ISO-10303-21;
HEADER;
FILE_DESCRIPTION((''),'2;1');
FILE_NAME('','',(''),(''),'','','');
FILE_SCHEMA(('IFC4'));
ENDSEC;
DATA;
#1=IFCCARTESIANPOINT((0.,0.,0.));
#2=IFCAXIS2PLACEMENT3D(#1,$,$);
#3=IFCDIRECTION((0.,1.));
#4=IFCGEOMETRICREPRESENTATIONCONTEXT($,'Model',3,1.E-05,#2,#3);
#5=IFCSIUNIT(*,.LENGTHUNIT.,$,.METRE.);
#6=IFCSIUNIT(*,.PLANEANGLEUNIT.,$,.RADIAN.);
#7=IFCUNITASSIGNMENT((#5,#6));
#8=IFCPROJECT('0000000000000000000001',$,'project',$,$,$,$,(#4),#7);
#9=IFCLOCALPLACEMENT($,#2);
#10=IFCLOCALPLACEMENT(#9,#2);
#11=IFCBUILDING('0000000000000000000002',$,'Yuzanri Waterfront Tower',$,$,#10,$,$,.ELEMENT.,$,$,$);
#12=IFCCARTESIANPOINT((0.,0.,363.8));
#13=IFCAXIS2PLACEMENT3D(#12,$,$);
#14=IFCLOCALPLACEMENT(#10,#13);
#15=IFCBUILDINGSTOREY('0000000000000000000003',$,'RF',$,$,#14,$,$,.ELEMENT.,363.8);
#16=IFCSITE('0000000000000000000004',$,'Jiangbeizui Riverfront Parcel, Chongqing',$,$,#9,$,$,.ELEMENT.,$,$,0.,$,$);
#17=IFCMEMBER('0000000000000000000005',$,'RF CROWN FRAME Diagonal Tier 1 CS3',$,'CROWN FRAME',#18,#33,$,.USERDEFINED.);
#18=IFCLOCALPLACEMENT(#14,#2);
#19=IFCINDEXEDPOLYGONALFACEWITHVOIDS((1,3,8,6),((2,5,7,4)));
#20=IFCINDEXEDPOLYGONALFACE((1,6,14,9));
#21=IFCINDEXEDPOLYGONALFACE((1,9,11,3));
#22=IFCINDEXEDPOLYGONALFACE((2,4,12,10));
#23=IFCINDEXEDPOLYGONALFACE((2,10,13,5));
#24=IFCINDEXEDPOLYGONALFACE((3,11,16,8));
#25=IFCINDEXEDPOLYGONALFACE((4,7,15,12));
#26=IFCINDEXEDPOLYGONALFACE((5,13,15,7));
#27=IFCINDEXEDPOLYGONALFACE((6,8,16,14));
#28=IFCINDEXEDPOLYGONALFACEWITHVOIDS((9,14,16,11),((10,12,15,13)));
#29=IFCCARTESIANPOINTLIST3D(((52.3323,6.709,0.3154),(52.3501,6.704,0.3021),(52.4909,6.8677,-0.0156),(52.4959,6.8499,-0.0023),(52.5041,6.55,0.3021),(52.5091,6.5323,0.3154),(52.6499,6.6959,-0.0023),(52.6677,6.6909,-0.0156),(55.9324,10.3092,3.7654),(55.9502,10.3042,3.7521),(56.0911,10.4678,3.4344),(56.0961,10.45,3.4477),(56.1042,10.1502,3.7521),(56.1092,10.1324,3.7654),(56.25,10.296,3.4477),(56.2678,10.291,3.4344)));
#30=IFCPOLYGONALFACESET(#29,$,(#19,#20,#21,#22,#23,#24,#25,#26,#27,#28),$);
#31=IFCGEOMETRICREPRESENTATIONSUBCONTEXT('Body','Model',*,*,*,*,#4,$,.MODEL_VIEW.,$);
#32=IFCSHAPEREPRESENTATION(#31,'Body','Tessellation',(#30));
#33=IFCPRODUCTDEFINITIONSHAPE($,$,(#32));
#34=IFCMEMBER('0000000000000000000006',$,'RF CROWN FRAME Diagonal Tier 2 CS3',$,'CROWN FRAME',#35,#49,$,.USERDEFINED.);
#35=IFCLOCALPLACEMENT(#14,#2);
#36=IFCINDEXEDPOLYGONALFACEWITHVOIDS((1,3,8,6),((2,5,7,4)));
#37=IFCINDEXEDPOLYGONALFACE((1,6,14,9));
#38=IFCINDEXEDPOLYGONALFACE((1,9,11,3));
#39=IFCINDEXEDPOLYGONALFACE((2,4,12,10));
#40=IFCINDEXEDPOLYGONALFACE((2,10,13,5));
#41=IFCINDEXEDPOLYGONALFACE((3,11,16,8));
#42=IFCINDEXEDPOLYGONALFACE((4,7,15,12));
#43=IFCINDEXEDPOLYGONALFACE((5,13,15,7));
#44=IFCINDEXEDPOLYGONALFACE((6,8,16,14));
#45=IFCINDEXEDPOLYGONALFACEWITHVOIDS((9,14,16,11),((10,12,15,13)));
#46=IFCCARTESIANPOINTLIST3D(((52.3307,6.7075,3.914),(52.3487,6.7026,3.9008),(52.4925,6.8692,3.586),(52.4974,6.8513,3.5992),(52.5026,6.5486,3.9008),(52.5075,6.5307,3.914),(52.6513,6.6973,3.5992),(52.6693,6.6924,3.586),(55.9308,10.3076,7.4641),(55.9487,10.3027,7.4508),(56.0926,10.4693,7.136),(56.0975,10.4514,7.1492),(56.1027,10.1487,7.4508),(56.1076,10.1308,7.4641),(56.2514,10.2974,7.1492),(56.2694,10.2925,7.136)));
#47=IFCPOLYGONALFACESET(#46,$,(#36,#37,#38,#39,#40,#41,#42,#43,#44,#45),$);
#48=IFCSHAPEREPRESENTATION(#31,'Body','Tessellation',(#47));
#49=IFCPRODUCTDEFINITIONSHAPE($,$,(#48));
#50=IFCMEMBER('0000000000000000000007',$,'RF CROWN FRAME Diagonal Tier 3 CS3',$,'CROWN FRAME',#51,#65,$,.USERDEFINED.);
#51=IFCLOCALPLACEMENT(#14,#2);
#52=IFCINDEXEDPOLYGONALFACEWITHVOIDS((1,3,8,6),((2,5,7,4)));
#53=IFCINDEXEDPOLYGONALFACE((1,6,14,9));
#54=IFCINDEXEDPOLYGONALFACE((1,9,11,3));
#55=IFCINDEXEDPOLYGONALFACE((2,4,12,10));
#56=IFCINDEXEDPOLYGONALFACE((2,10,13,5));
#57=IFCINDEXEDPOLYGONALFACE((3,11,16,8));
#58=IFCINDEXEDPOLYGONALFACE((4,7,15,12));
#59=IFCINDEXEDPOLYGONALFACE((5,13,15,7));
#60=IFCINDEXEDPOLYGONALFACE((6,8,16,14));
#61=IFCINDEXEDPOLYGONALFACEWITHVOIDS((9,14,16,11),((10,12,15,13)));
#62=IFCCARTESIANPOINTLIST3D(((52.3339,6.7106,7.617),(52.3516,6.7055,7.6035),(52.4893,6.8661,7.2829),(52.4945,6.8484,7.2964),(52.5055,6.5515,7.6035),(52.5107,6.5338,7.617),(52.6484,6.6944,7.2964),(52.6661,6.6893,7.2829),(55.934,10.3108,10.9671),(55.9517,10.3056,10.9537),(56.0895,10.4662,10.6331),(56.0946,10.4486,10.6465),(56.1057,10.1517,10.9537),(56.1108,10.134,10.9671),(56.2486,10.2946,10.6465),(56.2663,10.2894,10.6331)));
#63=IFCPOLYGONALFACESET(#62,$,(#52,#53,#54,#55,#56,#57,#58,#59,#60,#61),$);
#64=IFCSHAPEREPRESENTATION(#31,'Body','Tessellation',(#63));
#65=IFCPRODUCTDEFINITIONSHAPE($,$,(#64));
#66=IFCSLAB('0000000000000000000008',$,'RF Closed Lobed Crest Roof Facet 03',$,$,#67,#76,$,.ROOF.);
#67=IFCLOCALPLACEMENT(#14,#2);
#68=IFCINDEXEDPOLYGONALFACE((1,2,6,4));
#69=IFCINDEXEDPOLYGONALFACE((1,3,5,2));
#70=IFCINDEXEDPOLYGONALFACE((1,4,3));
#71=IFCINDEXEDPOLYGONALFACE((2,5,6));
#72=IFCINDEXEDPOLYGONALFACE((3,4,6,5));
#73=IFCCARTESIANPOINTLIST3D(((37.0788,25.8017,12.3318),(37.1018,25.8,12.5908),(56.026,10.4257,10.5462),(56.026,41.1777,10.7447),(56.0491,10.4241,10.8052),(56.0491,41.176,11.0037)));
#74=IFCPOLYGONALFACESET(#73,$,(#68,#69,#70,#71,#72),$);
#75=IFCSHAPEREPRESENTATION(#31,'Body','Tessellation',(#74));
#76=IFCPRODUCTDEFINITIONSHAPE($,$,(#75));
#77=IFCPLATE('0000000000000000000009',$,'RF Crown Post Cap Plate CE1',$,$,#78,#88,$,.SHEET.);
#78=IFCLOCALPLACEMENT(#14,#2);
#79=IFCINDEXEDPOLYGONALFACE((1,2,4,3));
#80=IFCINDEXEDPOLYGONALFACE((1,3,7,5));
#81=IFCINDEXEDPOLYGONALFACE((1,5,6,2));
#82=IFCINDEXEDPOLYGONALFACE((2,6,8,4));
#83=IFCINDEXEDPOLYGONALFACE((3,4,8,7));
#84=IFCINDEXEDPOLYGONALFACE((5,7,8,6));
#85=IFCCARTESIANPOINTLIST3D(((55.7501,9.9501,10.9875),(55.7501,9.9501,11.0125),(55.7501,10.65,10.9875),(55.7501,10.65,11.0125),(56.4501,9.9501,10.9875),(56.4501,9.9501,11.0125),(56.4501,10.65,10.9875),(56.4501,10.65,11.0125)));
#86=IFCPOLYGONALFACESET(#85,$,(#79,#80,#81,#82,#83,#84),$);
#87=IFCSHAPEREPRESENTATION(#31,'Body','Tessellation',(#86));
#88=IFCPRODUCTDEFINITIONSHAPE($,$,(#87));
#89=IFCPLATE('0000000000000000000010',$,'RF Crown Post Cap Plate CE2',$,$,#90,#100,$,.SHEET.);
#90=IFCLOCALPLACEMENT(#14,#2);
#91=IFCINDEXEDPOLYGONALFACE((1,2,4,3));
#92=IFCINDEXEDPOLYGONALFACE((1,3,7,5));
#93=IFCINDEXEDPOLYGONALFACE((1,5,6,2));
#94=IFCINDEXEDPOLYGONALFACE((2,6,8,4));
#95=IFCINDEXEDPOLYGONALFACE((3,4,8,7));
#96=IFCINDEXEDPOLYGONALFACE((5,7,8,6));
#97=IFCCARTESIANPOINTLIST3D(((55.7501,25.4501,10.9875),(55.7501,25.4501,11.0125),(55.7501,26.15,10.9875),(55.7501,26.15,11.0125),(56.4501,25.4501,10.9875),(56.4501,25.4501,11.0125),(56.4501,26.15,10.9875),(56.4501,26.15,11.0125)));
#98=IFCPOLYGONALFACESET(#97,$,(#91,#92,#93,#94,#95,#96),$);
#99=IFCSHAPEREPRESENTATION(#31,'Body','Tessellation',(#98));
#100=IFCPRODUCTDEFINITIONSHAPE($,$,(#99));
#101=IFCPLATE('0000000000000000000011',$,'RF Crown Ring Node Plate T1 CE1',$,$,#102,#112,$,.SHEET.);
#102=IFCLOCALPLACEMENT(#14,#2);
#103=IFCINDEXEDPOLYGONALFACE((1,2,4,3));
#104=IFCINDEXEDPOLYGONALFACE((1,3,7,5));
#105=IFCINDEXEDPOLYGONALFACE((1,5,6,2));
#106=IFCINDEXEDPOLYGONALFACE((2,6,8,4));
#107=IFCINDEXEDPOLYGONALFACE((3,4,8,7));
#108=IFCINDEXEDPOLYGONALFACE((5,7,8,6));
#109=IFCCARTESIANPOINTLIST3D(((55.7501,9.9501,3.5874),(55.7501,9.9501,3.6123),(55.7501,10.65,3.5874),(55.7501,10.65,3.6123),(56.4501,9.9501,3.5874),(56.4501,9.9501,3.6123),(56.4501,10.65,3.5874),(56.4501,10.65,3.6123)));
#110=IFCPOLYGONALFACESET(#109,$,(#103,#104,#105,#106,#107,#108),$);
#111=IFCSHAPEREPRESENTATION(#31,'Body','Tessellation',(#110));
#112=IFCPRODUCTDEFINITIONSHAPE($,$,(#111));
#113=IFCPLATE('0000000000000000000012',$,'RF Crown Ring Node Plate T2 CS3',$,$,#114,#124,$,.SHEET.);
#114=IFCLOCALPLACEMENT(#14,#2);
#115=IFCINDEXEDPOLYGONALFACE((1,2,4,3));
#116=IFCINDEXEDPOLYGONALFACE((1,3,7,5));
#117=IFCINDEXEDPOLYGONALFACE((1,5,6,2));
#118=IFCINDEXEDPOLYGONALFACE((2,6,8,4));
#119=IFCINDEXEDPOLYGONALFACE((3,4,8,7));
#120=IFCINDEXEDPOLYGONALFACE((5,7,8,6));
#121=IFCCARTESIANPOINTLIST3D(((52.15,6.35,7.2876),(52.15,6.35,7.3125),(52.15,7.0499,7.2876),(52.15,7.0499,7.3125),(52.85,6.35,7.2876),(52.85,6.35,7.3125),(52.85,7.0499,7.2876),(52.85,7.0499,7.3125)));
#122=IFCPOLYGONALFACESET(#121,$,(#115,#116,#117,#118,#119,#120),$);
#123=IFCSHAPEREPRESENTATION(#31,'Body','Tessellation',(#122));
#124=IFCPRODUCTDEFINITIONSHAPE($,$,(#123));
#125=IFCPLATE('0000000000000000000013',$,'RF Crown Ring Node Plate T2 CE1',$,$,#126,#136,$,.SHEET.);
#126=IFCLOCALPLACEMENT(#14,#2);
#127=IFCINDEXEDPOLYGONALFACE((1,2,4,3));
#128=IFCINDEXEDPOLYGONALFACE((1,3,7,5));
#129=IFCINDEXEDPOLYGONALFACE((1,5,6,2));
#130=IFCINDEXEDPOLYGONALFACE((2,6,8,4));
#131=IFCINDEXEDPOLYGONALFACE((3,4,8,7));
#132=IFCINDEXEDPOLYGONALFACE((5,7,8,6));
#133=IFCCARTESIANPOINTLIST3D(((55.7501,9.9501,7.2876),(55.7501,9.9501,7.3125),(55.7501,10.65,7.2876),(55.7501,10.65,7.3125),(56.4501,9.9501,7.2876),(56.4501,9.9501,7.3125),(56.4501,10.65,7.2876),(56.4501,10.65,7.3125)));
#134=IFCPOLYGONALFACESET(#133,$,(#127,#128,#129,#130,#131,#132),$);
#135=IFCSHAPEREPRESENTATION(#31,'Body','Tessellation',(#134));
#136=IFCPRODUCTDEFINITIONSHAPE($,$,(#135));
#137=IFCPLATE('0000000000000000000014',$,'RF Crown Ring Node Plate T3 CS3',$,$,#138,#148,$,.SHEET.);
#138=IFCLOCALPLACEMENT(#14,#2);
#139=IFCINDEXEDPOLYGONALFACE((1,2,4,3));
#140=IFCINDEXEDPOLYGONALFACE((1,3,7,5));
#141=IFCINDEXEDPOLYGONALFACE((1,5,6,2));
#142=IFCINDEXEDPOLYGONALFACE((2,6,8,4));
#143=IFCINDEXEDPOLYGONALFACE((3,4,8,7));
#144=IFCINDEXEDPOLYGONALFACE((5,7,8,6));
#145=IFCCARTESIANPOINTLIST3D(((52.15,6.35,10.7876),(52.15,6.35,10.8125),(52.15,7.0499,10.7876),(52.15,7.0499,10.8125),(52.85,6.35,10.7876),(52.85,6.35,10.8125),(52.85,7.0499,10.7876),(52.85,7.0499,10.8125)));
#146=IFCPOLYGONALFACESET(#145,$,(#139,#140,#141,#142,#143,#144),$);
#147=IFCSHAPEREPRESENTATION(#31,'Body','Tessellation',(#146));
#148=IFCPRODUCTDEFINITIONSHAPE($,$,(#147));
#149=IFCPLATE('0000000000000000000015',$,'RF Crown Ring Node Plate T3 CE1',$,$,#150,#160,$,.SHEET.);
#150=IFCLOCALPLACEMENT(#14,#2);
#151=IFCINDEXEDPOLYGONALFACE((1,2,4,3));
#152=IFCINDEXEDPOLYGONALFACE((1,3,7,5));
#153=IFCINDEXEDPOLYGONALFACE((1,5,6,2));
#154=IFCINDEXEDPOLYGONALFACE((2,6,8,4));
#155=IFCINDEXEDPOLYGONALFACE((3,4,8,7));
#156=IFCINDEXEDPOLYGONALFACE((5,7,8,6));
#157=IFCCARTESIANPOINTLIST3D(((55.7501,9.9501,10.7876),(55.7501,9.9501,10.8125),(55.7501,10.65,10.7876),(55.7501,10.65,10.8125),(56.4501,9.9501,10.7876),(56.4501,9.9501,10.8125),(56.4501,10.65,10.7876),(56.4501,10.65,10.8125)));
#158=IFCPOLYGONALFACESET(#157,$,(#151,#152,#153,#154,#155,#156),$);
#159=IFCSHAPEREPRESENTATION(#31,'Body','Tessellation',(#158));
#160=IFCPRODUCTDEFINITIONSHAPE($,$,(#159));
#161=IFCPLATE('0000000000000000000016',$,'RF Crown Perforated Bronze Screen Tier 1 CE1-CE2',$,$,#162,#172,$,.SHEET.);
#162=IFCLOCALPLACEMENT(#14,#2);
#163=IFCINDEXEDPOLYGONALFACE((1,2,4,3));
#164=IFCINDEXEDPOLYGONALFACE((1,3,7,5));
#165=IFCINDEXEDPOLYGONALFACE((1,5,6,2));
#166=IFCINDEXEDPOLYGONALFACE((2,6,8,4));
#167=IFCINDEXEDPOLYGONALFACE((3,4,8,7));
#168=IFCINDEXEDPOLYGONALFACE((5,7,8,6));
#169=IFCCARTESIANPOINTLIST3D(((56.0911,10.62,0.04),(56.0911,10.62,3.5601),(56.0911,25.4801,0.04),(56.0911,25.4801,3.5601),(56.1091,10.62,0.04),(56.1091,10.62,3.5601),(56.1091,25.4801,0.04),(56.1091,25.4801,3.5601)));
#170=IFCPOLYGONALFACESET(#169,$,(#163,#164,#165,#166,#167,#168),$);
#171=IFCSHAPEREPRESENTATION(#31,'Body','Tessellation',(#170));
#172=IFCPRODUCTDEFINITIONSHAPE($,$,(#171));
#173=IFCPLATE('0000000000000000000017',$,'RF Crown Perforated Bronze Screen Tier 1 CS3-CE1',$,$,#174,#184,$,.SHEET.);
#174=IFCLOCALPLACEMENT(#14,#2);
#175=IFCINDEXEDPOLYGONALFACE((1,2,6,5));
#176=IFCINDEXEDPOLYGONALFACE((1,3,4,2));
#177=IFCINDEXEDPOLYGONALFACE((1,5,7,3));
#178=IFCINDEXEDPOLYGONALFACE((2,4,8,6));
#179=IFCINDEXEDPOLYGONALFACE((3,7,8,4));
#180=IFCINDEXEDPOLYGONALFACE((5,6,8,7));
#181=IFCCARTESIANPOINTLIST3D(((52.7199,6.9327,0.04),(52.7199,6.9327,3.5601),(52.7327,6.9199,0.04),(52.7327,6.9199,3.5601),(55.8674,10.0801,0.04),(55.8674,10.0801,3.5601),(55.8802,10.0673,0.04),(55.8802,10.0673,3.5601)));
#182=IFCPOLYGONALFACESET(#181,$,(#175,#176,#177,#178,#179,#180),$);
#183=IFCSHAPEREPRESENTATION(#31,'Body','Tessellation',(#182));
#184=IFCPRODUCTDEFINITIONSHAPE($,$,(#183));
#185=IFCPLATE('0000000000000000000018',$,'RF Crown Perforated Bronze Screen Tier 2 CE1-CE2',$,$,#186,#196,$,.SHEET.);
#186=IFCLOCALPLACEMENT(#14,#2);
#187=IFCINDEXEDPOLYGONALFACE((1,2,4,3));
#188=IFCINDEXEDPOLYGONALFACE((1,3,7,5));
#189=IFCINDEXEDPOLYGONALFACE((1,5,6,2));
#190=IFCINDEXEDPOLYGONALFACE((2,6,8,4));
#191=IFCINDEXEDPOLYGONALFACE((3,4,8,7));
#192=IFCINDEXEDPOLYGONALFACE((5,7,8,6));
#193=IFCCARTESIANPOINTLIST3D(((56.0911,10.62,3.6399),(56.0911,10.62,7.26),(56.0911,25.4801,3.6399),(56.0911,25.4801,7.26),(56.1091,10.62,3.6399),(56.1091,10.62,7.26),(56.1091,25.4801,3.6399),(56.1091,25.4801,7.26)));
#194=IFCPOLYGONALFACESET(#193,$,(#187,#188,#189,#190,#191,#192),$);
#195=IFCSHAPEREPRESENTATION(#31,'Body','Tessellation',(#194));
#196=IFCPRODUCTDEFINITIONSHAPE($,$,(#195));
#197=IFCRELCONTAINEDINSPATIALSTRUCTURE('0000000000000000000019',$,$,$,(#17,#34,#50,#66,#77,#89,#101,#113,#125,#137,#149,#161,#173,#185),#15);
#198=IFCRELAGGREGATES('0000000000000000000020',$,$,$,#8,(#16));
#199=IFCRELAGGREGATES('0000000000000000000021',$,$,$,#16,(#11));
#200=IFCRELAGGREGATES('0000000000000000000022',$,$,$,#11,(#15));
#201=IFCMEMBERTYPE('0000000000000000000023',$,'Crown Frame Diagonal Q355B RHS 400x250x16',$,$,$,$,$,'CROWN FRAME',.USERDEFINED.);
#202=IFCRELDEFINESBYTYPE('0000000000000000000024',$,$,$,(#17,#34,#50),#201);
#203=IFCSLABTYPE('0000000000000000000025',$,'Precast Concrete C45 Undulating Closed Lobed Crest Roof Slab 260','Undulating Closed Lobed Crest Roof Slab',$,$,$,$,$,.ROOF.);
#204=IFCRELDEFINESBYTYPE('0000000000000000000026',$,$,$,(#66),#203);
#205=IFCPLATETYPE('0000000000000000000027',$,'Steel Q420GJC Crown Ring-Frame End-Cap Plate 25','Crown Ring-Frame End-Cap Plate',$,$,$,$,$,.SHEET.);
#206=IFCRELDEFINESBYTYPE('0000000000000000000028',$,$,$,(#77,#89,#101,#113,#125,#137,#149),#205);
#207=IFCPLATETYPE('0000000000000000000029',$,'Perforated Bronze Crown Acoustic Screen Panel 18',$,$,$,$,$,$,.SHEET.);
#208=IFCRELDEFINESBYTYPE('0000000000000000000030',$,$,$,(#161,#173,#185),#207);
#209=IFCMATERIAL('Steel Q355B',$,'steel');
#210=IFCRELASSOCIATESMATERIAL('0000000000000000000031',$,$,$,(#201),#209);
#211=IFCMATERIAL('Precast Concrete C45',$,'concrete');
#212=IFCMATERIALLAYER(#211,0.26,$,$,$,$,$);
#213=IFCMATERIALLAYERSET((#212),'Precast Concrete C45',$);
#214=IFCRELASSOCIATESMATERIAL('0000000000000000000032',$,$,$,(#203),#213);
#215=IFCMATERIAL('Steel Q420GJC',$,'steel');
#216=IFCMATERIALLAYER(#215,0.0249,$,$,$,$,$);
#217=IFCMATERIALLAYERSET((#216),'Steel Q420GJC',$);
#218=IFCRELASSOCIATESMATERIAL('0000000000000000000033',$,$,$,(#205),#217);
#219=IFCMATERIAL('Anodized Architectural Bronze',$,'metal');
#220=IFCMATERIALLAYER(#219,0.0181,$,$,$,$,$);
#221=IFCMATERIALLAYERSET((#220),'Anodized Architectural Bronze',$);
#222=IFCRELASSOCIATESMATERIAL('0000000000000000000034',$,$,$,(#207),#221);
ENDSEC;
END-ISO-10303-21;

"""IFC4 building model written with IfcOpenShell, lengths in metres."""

from ifc_helpers import new_model, si_unit, direction, frame, origin, origin_2d, place, context, subcontext, project, spatial, polyline, rectangle, hollow_rectangle, outline, extrude, source, transform, mapped, material, layer, layer_set, material_profile, profile_set, type_object, element, save


model = new_model("IFC4")

# Units and contexts
model_context = context("Model", 3, precision=1e-05, world=origin(), true_north=direction((0.0, 1.0)))
body_context = subcontext(model_context, "Body", "Model", "MODEL_VIEW")
ifc_project = project(units=[si_unit("LENGTHUNIT", "METRE"), si_unit("PLANEANGLEUNIT", "RADIAN")], contexts=[model_context])

# Site, building, storey
site_placement = place(None, origin())
site = spatial("IfcSite", under=ifc_project, at=site_placement, Name="Jiangbeizui Riverfront Parcel, Chongqing", CompositionType="ELEMENT", RefElevation=0.0)
building_placement = place(site_placement, origin())
building = spatial("IfcBuilding", under=site, at=building_placement, Name="Yuzanri Waterfront Tower", CompositionType="ELEMENT")
storey_placement = place(building_placement, frame((0.0, 0.0, 363.8)))
storey = spatial("IfcBuildingStorey", under=building, at=storey_placement, Name="RF", CompositionType="ELEMENT", Elevation=363.8)

# Members
ifc_material_1 = material(Name="Steel Q355B", Category="steel")
ifc_material_profile_1 = material_profile(ifc_material_1, hollow_rectangle(XDim=0.25, YDim=0.3999, WallThickness=0.0161, at=origin_2d()), Name="RHS 400x250x16")
ifc_profile_set_1 = profile_set([ifc_material_profile_1], Name="Steel Q355B")
member_type_1 = type_object("IfcMemberType", Name="Crown Frame Diagonal Q355B RHS 400x250x16", ElementType="CROWN FRAME", PredefinedType="USERDEFINED", material=ifc_profile_set_1)
shared_shape_1 = source(origin(), body_context, "Body", "SweptSolid", [
    extrude(hollow_rectangle(XDim=0.25, YDim=0.3999, WallThickness=0.0161, at=origin_2d()), origin(), (0.0, 0.0, 1.0), 6.1501),
])
member_1_placement = place(storey_placement, frame((52.5, 6.7, 0.1499), z_axis=(0.585373, 0.585373, 0.56096), x_axis=(-0.707107, 0.707107, 0.0)))
element("IfcMember", 1, at=member_1_placement, inside=storey, type_object=member_type_1, Name="RF CROWN FRAME Diagonal Tier 1 CS3", ObjectType="CROWN FRAME", PredefinedType="USERDEFINED", context=body_context, shape_type="MappedRepresentation", body=[
    mapped(shared_shape_1, transform((0.0, 0.0, 0.0), scale=1.0)),
])
shared_shape_2 = source(origin(), body_context, "Body", "SweptSolid", [
    extrude(hollow_rectangle(XDim=0.25, YDim=0.3999, WallThickness=0.0161, at=origin_2d()), origin(), (0.0, 0.0, 1.0), 6.2068),
])
member_2_placement = place(storey_placement, frame((52.5, 6.7, 3.75), z_axis=(0.580026, 0.580026, 0.571962), x_axis=(-0.707107, 0.707107, 0.0)))
element("IfcMember", 2, at=member_2_placement, inside=storey, type_object=member_type_1, Name="RF CROWN FRAME Diagonal Tier 2 CS3", ObjectType="CROWN FRAME", PredefinedType="USERDEFINED", context=body_context, shape_type="MappedRepresentation", body=[
    mapped(shared_shape_2, transform((0.0, 0.0, 0.0), scale=1.0)),
])
shared_shape_3 = source(origin(), body_context, "Body", "SweptSolid", [
    extrude(hollow_rectangle(XDim=0.25, YDim=0.3999, WallThickness=0.0161, at=origin_2d()), origin(), (0.0, 0.0, 1.0), 6.0947),
])
member_3_placement = place(storey_placement, frame((52.5, 6.7, 7.45), z_axis=(0.5907, 0.5907, 0.54968), x_axis=(-0.707107, 0.707107, 0.0)))
element("IfcMember", 3, at=member_3_placement, inside=storey, type_object=member_type_1, Name="RF CROWN FRAME Diagonal Tier 3 CS3", ObjectType="CROWN FRAME", PredefinedType="USERDEFINED", context=body_context, shape_type="MappedRepresentation", body=[
    mapped(shared_shape_3, transform((0.0, 0.0, 0.0), scale=1.0)),
])

# Slab
ifc_material_2 = material(Name="Precast Concrete C45", Category="concrete")
ifc_layer_1 = layer(ifc_material_2, 0.26)
ifc_layer_set_1 = layer_set([ifc_layer_1], Name="Precast Concrete C45")
slab_type = type_object("IfcSlabType", Name="Precast Concrete C45 Undulating Closed Lobed Crest Roof Slab 260", Description="Undulating Closed Lobed Crest Roof Slab", PredefinedType="ROOF", material=ifc_layer_set_1)
slab_placement = place(storey_placement, frame((56.0491, 10.4241, 10.8052), z_axis=(0.088653, -0.006429, 0.996042), x_axis=(0.0, 0.999979, 0.006454)))
element("IfcSlab", 4, at=slab_placement, inside=storey, type_object=slab_type, Name="RF Closed Lobed Crest Roof Facet 03", PredefinedType="ROOF", context=body_context, shape_type="SweptSolid", body=[
    extrude(outline(polyline([(0.0, 0.0), (30.7526, 0.0), (15.3872, 19.0222), (0.0, 0.0)])), origin(), (0.0, 0.0, -1.0), 0.26),
])

# Plates
ifc_material_3 = material(Name="Steel Q420GJC", Category="steel")
ifc_layer_2 = layer(ifc_material_3, 0.0249)
ifc_layer_set_2 = layer_set([ifc_layer_2], Name="Steel Q420GJC")
plate_type_1 = type_object("IfcPlateType", Name="Steel Q420GJC Crown Ring-Frame End-Cap Plate 25", Description="Crown Ring-Frame End-Cap Plate", PredefinedType="SHEET", material=ifc_layer_set_2)
shared_shape_4 = source(origin(), body_context, "Body", "SweptSolid", [
    extrude(rectangle(XDim=0.7, YDim=0.7, at=origin_2d()), origin(), (0.0, 0.0, 1.0), 0.0249),
])
for number, where, z_axis, x_axis, name in (
    (5, (56.1001, 10.3, 10.9875), (0.0, 0.0, 1.0), (1.0, 0.0, 0.0), "RF Crown Post Cap Plate CE1"),
    (6, (56.1001, 25.8, 10.9875), (0.0, 0.0, 1.0), (1.0, 0.0, 0.0), "RF Crown Post Cap Plate CE2"),
    (7, (56.1001, 10.3, 3.5874), (0.0, 0.0, 1.0), (1.0, 0.0, 0.0), "RF Crown Ring Node Plate T1 CE1"),
    (8, (52.5, 6.7, 7.2876), (0.0, 0.0, 1.0), (1.0, 0.0, 0.0), "RF Crown Ring Node Plate T2 CS3"),
    (9, (56.1001, 10.3, 7.2876), (0.0, 0.0, 1.0), (1.0, 0.0, 0.0), "RF Crown Ring Node Plate T2 CE1"),
    (10, (52.5, 6.7, 10.7876), (0.0, 0.0, 1.0), (1.0, 0.0, 0.0), "RF Crown Ring Node Plate T3 CS3"),
    (11, (56.1001, 10.3, 10.7876), (0.0, 0.0, 1.0), (1.0, 0.0, 0.0), "RF Crown Ring Node Plate T3 CE1"),
):
    element("IfcPlate", number, at=place(storey_placement, frame(where, z_axis=z_axis, x_axis=x_axis)), inside=storey, type_object=plate_type_1, Name=name, PredefinedType="SHEET", context=body_context, shape_type="MappedRepresentation", body=[
        mapped(shared_shape_4, transform((0.0, 0.0, 0.0), scale=1.0)),
    ])
ifc_material_4 = material(Name="Anodized Architectural Bronze", Category="metal")
ifc_layer_3 = layer(ifc_material_4, 0.0181)
ifc_layer_set_3 = layer_set([ifc_layer_3], Name="Anodized Architectural Bronze")
plate_type_2 = type_object("IfcPlateType", Name="Perforated Bronze Crown Acoustic Screen Panel 18", PredefinedType="SHEET", material=ifc_layer_set_3)
shared_shape_5 = source(origin(), body_context, "Body", "SweptSolid", [
    extrude(rectangle(XDim=14.8601, YDim=0.0181, at=origin_2d()), origin(), (0.0, 0.0, 1.0), 3.52),
])
plate_1_placement = place(storey_placement, frame((56.1001, 18.05, 0.04), z_axis=(0.0, 0.0, 1.0), x_axis=(0.0, 1.0, 0.0)))
element("IfcPlate", 12, at=plate_1_placement, inside=storey, type_object=plate_type_2, Name="RF Crown Perforated Bronze Screen Tier 1 CE1-CE2", PredefinedType="SHEET", context=body_context, shape_type="MappedRepresentation", body=[
    mapped(shared_shape_5, transform((0.0, 0.0, 0.0), scale=1.0)),
])
shared_shape_6 = source(origin(), body_context, "Body", "SweptSolid", [
    extrude(rectangle(XDim=4.4512, YDim=0.0181, at=origin_2d()), origin(), (0.0, 0.0, 1.0), 3.52),
])
plate_2_placement = place(storey_placement, frame((54.3, 8.5, 0.04), z_axis=(0.0, 0.0, 1.0), x_axis=(0.707107, 0.707107, 0.0)))
element("IfcPlate", 13, at=plate_2_placement, inside=storey, type_object=plate_type_2, Name="RF Crown Perforated Bronze Screen Tier 1 CS3-CE1", PredefinedType="SHEET", context=body_context, shape_type="MappedRepresentation", body=[
    mapped(shared_shape_6, transform((0.0, 0.0, 0.0), scale=1.0)),
])
shared_shape_7 = source(origin(), body_context, "Body", "SweptSolid", [
    extrude(rectangle(XDim=14.8601, YDim=0.0181, at=origin_2d()), origin(), (0.0, 0.0, 1.0), 3.6201),
])
plate_3_placement = place(storey_placement, frame((56.1001, 18.05, 3.6399), z_axis=(0.0, 0.0, 1.0), x_axis=(0.0, 1.0, 0.0)))
element("IfcPlate", 14, at=plate_3_placement, inside=storey, type_object=plate_type_2, Name="RF Crown Perforated Bronze Screen Tier 2 CE1-CE2", PredefinedType="SHEET", context=body_context, shape_type="MappedRepresentation", body=[
    mapped(shared_shape_7, transform((0.0, 0.0, 0.0), scale=1.0)),
])

save(model, "model.ifc")
